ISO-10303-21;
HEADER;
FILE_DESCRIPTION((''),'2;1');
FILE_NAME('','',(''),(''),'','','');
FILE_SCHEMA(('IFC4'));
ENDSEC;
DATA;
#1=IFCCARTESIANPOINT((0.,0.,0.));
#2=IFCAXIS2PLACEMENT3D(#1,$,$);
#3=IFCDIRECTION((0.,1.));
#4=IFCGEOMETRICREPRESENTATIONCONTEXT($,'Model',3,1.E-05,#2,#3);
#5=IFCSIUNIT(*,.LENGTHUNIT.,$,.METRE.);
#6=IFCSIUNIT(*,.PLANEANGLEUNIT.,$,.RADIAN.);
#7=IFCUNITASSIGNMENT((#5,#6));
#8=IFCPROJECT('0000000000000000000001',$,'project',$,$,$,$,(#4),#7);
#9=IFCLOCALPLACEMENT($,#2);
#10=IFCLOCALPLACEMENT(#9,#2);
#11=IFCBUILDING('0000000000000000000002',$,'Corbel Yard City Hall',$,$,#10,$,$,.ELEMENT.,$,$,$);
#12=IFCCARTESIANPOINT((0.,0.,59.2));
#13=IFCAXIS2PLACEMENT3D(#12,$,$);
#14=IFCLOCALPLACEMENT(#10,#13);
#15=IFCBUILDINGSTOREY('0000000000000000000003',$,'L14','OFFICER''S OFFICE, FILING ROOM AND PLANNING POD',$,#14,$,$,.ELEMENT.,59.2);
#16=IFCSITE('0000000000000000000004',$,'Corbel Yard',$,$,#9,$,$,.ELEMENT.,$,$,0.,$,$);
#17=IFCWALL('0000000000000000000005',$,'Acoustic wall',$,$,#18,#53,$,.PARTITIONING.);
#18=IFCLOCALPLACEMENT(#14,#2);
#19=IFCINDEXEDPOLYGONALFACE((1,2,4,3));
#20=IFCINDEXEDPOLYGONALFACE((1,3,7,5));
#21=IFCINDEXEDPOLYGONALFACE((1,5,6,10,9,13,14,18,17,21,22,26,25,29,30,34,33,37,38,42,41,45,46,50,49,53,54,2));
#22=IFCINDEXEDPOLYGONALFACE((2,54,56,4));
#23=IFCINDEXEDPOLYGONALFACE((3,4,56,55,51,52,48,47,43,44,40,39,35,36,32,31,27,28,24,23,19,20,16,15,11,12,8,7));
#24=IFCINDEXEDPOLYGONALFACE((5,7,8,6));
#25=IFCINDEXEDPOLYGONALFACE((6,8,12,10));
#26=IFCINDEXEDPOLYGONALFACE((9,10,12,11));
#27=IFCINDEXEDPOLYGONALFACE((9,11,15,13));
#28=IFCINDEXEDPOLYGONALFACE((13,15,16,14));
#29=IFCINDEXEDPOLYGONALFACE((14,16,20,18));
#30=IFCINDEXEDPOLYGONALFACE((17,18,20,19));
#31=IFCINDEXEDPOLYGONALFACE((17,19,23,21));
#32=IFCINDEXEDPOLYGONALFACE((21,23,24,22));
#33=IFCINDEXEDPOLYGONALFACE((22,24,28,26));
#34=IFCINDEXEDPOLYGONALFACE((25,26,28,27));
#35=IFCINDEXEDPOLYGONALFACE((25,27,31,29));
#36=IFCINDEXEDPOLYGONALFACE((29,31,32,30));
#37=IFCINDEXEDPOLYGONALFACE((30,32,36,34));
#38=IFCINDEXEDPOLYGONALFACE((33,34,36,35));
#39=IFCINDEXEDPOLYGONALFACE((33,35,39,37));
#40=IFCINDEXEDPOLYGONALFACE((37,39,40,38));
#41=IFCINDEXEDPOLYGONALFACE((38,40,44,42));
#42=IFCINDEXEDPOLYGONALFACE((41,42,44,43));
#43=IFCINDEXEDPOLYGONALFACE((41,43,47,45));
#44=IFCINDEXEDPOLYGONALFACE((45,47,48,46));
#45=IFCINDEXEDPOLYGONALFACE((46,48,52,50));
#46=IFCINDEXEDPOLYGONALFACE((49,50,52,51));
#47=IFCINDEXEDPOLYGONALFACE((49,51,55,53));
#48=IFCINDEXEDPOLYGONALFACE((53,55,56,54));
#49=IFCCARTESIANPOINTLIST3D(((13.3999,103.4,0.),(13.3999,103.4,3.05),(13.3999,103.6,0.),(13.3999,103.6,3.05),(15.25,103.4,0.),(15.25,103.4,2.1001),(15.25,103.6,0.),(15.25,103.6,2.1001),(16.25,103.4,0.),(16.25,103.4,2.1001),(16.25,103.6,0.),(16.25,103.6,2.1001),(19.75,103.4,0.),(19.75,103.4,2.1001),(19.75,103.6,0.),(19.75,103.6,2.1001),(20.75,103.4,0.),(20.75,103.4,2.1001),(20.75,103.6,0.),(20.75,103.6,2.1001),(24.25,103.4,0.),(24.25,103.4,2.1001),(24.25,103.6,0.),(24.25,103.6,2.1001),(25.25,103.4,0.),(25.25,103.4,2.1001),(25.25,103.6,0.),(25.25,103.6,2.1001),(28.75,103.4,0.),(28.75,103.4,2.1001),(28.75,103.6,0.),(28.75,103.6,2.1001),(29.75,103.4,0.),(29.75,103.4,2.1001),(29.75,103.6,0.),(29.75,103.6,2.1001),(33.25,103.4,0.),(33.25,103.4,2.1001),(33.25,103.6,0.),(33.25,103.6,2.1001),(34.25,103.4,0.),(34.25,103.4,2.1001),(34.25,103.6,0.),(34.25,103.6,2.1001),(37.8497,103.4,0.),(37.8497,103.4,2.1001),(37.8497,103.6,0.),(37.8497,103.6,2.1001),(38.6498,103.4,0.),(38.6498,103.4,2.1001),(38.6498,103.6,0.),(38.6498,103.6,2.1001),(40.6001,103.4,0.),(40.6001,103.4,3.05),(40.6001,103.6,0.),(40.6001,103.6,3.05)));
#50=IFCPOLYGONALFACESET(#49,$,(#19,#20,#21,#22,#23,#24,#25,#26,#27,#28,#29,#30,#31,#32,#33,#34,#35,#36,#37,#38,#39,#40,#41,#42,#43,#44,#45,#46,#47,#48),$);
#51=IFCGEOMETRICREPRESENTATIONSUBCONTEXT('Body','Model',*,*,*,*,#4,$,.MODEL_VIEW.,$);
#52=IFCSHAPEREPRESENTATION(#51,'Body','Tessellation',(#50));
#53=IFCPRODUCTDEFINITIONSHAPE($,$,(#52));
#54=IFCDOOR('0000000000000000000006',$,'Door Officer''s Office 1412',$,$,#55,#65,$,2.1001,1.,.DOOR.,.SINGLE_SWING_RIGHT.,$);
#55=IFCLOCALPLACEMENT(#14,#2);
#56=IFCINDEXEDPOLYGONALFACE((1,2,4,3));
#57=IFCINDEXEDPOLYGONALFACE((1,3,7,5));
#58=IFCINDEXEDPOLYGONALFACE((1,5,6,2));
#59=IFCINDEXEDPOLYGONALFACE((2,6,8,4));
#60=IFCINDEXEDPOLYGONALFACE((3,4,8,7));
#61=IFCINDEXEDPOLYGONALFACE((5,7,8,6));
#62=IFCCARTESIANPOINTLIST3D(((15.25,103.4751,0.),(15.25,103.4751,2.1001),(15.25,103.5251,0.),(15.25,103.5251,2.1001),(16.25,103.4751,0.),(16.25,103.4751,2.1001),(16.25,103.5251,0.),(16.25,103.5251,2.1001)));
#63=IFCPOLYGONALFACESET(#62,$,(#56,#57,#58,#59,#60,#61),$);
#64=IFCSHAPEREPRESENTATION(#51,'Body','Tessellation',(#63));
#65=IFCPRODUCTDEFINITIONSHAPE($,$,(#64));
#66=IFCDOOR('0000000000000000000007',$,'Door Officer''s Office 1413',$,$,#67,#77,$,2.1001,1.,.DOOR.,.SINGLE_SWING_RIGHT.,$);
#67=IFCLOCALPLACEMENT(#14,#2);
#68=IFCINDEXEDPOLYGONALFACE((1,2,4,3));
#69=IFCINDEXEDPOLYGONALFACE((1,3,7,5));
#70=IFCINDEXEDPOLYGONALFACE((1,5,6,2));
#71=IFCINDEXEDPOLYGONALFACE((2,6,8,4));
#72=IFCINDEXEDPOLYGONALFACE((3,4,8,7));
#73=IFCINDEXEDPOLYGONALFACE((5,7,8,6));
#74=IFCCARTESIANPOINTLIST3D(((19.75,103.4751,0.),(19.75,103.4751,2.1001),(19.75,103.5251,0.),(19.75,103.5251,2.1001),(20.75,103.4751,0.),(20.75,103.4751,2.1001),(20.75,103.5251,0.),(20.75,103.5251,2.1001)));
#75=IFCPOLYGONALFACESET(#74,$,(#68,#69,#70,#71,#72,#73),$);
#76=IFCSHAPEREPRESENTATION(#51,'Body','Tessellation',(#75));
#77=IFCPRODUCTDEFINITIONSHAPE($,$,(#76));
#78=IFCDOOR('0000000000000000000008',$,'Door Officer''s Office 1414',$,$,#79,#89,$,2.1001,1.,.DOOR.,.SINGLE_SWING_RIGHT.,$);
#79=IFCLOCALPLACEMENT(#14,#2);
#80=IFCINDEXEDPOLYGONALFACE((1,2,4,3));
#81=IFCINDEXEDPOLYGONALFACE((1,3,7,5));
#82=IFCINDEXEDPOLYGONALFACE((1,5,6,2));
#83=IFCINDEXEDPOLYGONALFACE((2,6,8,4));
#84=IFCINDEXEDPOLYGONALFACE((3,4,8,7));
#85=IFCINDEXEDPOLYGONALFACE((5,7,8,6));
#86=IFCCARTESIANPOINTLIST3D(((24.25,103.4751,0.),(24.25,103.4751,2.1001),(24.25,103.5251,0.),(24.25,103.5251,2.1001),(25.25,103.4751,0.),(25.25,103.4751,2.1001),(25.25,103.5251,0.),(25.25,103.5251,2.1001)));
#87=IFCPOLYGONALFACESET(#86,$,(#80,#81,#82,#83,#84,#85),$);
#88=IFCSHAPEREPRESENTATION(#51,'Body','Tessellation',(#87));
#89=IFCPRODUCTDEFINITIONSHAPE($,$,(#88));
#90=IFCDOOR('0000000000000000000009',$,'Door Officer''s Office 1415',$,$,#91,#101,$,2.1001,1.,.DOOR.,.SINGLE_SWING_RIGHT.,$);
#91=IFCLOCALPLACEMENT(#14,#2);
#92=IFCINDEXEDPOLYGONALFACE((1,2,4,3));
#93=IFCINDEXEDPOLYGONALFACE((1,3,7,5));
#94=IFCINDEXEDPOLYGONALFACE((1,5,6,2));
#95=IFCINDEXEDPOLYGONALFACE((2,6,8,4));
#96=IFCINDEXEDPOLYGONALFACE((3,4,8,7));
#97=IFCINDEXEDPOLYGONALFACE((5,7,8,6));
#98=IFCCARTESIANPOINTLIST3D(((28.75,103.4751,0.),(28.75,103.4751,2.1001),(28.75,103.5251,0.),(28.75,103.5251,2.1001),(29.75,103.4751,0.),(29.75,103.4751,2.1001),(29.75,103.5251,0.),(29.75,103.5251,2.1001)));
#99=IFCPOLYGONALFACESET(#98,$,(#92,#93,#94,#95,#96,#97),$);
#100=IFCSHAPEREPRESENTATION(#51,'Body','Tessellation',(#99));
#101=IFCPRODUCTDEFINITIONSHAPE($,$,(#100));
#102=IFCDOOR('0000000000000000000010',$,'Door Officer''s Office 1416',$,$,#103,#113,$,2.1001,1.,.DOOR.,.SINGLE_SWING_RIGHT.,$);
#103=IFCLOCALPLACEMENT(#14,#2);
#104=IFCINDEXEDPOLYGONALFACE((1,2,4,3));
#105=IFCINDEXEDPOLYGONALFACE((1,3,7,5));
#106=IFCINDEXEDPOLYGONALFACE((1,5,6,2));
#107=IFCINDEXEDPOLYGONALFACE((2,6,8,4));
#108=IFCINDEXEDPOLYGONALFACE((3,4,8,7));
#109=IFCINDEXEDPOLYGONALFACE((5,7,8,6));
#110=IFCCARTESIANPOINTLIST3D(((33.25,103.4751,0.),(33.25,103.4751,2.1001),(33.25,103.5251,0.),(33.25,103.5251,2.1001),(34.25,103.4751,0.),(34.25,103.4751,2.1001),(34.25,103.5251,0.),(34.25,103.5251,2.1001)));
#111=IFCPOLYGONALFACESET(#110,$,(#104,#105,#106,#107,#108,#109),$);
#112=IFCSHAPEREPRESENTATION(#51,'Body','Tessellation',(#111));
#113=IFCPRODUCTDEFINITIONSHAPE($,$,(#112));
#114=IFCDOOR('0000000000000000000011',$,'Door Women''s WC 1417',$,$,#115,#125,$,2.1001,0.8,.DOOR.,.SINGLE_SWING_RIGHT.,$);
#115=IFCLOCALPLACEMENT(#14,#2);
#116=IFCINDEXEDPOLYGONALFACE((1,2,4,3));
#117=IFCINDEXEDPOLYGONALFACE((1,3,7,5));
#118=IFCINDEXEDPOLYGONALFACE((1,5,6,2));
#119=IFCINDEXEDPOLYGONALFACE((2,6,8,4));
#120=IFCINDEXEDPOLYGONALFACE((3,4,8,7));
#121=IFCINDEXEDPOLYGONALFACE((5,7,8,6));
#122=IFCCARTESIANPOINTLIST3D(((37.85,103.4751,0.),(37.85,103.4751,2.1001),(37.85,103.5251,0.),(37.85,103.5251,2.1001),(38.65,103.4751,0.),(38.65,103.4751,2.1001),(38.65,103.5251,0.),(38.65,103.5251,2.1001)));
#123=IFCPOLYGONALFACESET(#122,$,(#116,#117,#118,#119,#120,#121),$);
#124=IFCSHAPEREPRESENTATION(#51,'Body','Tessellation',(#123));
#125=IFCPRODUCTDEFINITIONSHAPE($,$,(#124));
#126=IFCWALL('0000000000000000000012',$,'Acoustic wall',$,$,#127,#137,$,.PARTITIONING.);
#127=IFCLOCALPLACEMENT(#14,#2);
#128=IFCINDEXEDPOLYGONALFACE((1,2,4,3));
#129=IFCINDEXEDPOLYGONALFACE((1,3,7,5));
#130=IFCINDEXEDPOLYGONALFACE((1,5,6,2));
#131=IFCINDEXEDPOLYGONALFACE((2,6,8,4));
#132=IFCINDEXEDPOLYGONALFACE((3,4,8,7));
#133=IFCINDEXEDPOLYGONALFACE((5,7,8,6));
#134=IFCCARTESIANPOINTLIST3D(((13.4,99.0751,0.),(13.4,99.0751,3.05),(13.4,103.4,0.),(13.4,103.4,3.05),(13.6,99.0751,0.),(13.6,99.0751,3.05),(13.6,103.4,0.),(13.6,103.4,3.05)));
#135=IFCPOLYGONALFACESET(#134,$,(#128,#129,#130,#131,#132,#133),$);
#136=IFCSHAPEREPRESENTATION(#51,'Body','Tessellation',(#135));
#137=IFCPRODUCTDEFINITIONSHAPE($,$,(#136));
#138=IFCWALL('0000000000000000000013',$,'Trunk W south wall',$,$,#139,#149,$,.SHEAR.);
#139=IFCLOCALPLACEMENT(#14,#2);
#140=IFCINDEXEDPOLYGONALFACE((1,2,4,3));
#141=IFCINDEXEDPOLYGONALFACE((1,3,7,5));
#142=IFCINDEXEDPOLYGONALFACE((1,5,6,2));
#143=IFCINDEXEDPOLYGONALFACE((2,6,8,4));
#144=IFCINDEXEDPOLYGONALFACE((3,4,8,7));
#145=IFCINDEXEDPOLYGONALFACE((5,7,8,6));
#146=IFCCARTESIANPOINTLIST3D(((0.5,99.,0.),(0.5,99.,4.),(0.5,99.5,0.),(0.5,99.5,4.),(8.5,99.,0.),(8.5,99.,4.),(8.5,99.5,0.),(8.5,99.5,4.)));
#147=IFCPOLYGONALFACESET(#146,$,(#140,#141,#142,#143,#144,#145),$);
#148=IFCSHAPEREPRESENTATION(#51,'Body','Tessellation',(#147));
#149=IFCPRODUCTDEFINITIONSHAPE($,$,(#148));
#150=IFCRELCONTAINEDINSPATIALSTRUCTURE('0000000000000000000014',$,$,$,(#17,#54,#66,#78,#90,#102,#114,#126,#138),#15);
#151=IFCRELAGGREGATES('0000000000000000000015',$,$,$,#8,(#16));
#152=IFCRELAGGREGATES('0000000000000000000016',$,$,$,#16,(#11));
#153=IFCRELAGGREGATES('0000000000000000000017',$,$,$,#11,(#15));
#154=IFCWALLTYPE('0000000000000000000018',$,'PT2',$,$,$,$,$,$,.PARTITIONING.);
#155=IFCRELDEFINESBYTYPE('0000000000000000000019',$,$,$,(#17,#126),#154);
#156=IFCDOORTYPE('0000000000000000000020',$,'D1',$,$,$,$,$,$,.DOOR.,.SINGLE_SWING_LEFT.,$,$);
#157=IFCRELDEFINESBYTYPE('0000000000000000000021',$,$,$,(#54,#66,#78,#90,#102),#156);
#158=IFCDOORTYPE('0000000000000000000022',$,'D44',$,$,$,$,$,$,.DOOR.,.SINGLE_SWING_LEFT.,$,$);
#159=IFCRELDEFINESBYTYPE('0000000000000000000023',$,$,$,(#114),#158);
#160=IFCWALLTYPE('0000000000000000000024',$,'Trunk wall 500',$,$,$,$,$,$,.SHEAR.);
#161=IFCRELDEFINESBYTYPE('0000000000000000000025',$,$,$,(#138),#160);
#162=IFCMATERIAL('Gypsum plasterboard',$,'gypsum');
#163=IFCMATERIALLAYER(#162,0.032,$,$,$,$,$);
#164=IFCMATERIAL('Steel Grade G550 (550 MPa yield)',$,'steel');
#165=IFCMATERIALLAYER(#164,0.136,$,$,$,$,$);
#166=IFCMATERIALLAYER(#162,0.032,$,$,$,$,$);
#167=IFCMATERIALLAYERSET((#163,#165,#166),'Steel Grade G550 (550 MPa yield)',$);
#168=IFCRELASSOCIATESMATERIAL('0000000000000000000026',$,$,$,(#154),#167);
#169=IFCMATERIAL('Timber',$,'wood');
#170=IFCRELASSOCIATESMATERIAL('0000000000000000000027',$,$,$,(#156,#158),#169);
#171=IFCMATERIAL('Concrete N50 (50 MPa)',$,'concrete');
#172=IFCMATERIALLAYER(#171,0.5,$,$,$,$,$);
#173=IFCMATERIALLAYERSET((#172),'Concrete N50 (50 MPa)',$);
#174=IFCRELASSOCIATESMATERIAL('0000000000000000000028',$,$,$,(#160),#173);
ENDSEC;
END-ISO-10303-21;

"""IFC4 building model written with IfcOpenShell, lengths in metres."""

from ifc_helpers import new_model, si_unit, direction, frame, frame_2d, origin, place, context, subcontext, project, spatial, rectangle, extrude, material, layer, layer_set, type_object, element, fill, save


model = new_model("IFC4")

# Units and contexts
model_context = context("Model", 3, precision=1e-05, world=origin(), true_north=direction((0.0, 1.0)))
body_context = subcontext(model_context, "Body", "Model", "MODEL_VIEW")
ifc_project = project(units=[si_unit("LENGTHUNIT", "METRE"), si_unit("PLANEANGLEUNIT", "RADIAN")], contexts=[model_context])

# Site, building, storey
site_placement = place(None, origin())
site = spatial("IfcSite", under=ifc_project, at=site_placement, Name="Corbel Yard", CompositionType="ELEMENT", RefElevation=0.0)
building_placement = place(site_placement, origin())
building = spatial("IfcBuilding", under=site, at=building_placement, Name="Corbel Yard City Hall", CompositionType="ELEMENT")
storey_placement = place(building_placement, frame((0.0, 0.0, 59.2)))
storey = spatial("IfcBuildingStorey", under=building, at=storey_placement, Name="L14", Description="OFFICER'S OFFICE, FILING ROOM AND PLANNING POD", CompositionType="ELEMENT", Elevation=59.2)

# Shared definitions
ifc_material_1 = material(Name="Gypsum plasterboard", Category="gypsum")
ifc_material_2 = material(Name="Steel Grade G550 (550 MPa yield)", Category="steel")

# Wall, openings, doors
ifc_layer_1 = layer(ifc_material_1, 0.032)
ifc_layer_2 = layer(ifc_material_2, 0.136)
ifc_layer_3 = layer(ifc_material_1, 0.032)
ifc_layer_set_1 = layer_set([ifc_layer_1, ifc_layer_2, ifc_layer_3], Name="Steel Grade G550 (550 MPa yield)")
wall_type_1 = type_object("IfcWallType", Name="PT2", PredefinedType="PARTITIONING", material=ifc_layer_set_1)
wall_1_placement = place(storey_placement, frame((13.3999, 103.5, 0.0), z_axis=(0.0, 0.0, 1.0), x_axis=(1.0, 0.0, 0.0)))
wall_1 = element("IfcWall", 1, at=wall_1_placement, inside=storey, type_object=wall_type_1, Name="Acoustic wall", PredefinedType="PARTITIONING", context=body_context, shape_type="SweptSolid", body=[
    extrude(rectangle(XDim=27.2002, YDim=0.2, at=frame_2d((13.6001, 0.0))), origin(), (0.0, 0.0, 1.0), 3.05),
])
opening_1_placement = place(wall_1_placement, frame((1.8501, 0.0, 0.0)))
opening_1 = element("IfcOpeningElement", 2, at=opening_1_placement, cuts=wall_1, PredefinedType="OPENING", context=body_context, shape_type="SweptSolid", body=[
    extrude(rectangle(XDim=1.0, YDim=2.1001, at=frame_2d((0.5, 1.05))), frame((0.0, 0.1099, 0.0), z_axis=(0.0, -1.0, 0.0), x_axis=(1.0, 0.0, 0.0)), (0.0, 0.0, 1.0), 0.22),
])
opening_2_placement = place(wall_1_placement, frame((6.3501, 0.0, 0.0)))
opening_2 = element("IfcOpeningElement", 3, at=opening_2_placement, cuts=wall_1, PredefinedType="OPENING", context=body_context, shape_type="SweptSolid", body=[
    extrude(rectangle(XDim=1.0, YDim=2.1001, at=frame_2d((0.5, 1.05))), frame((0.0, 0.1099, 0.0), z_axis=(0.0, -1.0, 0.0), x_axis=(1.0, 0.0, 0.0)), (0.0, 0.0, 1.0), 0.22),
])
opening_3_placement = place(wall_1_placement, frame((10.8501, 0.0, 0.0)))
opening_3 = element("IfcOpeningElement", 4, at=opening_3_placement, cuts=wall_1, PredefinedType="OPENING", context=body_context, shape_type="SweptSolid", body=[
    extrude(rectangle(XDim=1.0, YDim=2.1001, at=frame_2d((0.5, 1.05))), frame((0.0, 0.1099, 0.0), z_axis=(0.0, -1.0, 0.0), x_axis=(1.0, 0.0, 0.0)), (0.0, 0.0, 1.0), 0.22),
])
opening_4_placement = place(wall_1_placement, frame((15.3501, 0.0, 0.0)))
opening_4 = element("IfcOpeningElement", 5, at=opening_4_placement, cuts=wall_1, PredefinedType="OPENING", context=body_context, shape_type="SweptSolid", body=[
    extrude(rectangle(XDim=1.0, YDim=2.1001, at=frame_2d((0.5, 1.05))), frame((0.0, 0.1099, 0.0), z_axis=(0.0, -1.0, 0.0), x_axis=(1.0, 0.0, 0.0)), (0.0, 0.0, 1.0), 0.22),
])
opening_5_placement = place(wall_1_placement, frame((19.8501, 0.0, 0.0)))
opening_5 = element("IfcOpeningElement", 6, at=opening_5_placement, cuts=wall_1, PredefinedType="OPENING", context=body_context, shape_type="SweptSolid", body=[
    extrude(rectangle(XDim=1.0, YDim=2.1001, at=frame_2d((0.5, 1.05))), frame((0.0, 0.1099, 0.0), z_axis=(0.0, -1.0, 0.0), x_axis=(1.0, 0.0, 0.0)), (0.0, 0.0, 1.0), 0.22),
])
opening_6_placement = place(wall_1_placement, frame((24.45, 0.0, 0.0)))
opening_6 = element("IfcOpeningElement", 7, at=opening_6_placement, cuts=wall_1, PredefinedType="OPENING", context=body_context, shape_type="SweptSolid", body=[
    extrude(rectangle(XDim=0.8, YDim=2.1001, at=frame_2d((0.3999, 1.05))), frame((0.0, 0.1099, 0.0), z_axis=(0.0, -1.0, 0.0), x_axis=(1.0, 0.0, 0.0)), (0.0, 0.0, 1.0), 0.22),
])
ifc_material_3 = material(Name="Timber", Category="wood")
door_type_1 = type_object("IfcDoorType", Name="D1", OperationType="SINGLE_SWING_LEFT", PredefinedType="DOOR", material=ifc_material_3)
door_1_placement = place(opening_1_placement, frame((1.0, 0.0, 0.0), z_axis=(0.0, 0.0, 1.0), x_axis=(-1.0, 0.0, 0.0)))
door_1 = element("IfcDoor", 8, at=door_1_placement, inside=storey, type_object=door_type_1, Name="Door Officer's Office 1412", OperationType="SINGLE_SWING_RIGHT", OverallHeight=2.1001, OverallWidth=1.0, PredefinedType="DOOR", context=body_context, shape_type="SweptSolid", body=[
    extrude(rectangle(XDim=1.0, YDim=2.1001, at=frame_2d((0.5, 1.05))), frame((0.0, 0.0249, 0.0), z_axis=(0.0, -1.0, 0.0), x_axis=(1.0, 0.0, 0.0)), (0.0, 0.0, 1.0), 0.05),
])
fill(opening_1, door_1)
door_2_placement = place(opening_2_placement, frame((1.0, 0.0, 0.0), z_axis=(0.0, 0.0, 1.0), x_axis=(-1.0, 0.0, 0.0)))
door_2 = element("IfcDoor", 9, at=door_2_placement, inside=storey, type_object=door_type_1, Name="Door Officer's Office 1413", OperationType="SINGLE_SWING_RIGHT", OverallHeight=2.1001, OverallWidth=1.0, PredefinedType="DOOR", context=body_context, shape_type="SweptSolid", body=[
    extrude(rectangle(XDim=1.0, YDim=2.1001, at=frame_2d((0.5, 1.05))), frame((0.0, 0.0249, 0.0), z_axis=(0.0, -1.0, 0.0), x_axis=(1.0, 0.0, 0.0)), (0.0, 0.0, 1.0), 0.05),
])
fill(opening_2, door_2)
door_3_placement = place(opening_3_placement, frame((1.0, 0.0, 0.0), z_axis=(0.0, 0.0, 1.0), x_axis=(-1.0, 0.0, 0.0)))
door_3 = element("IfcDoor", 10, at=door_3_placement, inside=storey, type_object=door_type_1, Name="Door Officer's Office 1414", OperationType="SINGLE_SWING_RIGHT", OverallHeight=2.1001, OverallWidth=1.0, PredefinedType="DOOR", context=body_context, shape_type="SweptSolid", body=[
    extrude(rectangle(XDim=1.0, YDim=2.1001, at=frame_2d((0.5, 1.05))), frame((0.0, 0.0249, 0.0), z_axis=(0.0, -1.0, 0.0), x_axis=(1.0, 0.0, 0.0)), (0.0, 0.0, 1.0), 0.05),
])
fill(opening_3, door_3)
door_4_placement = place(opening_4_placement, frame((1.0, 0.0, 0.0), z_axis=(0.0, 0.0, 1.0), x_axis=(-1.0, 0.0, 0.0)))
door_4 = element("IfcDoor", 11, at=door_4_placement, inside=storey, type_object=door_type_1, Name="Door Officer's Office 1415", OperationType="SINGLE_SWING_RIGHT", OverallHeight=2.1001, OverallWidth=1.0, PredefinedType="DOOR", context=body_context, shape_type="SweptSolid", body=[
    extrude(rectangle(XDim=1.0, YDim=2.1001, at=frame_2d((0.5, 1.05))), frame((0.0, 0.0249, 0.0), z_axis=(0.0, -1.0, 0.0), x_axis=(1.0, 0.0, 0.0)), (0.0, 0.0, 1.0), 0.05),
])
fill(opening_4, door_4)
door_5_placement = place(opening_5_placement, frame((1.0, 0.0, 0.0), z_axis=(0.0, 0.0, 1.0), x_axis=(-1.0, 0.0, 0.0)))
door_5 = element("IfcDoor", 12, at=door_5_placement, inside=storey, type_object=door_type_1, Name="Door Officer's Office 1416", OperationType="SINGLE_SWING_RIGHT", OverallHeight=2.1001, OverallWidth=1.0, PredefinedType="DOOR", context=body_context, shape_type="SweptSolid", body=[
    extrude(rectangle(XDim=1.0, YDim=2.1001, at=frame_2d((0.5, 1.05))), frame((0.0, 0.0249, 0.0), z_axis=(0.0, -1.0, 0.0), x_axis=(1.0, 0.0, 0.0)), (0.0, 0.0, 1.0), 0.05),
])
fill(opening_5, door_5)
door_type_2 = type_object("IfcDoorType", Name="D44", OperationType="SINGLE_SWING_LEFT", PredefinedType="DOOR", material=ifc_material_3)
door_6_placement = place(opening_6_placement, frame((0.8, 0.0, 0.0), z_axis=(0.0, 0.0, 1.0), x_axis=(-1.0, 0.0, 0.0)))
door_6 = element("IfcDoor", 13, at=door_6_placement, inside=storey, type_object=door_type_2, Name="Door Women's WC 1417", OperationType="SINGLE_SWING_RIGHT", OverallHeight=2.1001, OverallWidth=0.8, PredefinedType="DOOR", context=body_context, shape_type="SweptSolid", body=[
    extrude(rectangle(XDim=0.8, YDim=2.1001, at=frame_2d((0.3999, 1.05))), frame((0.0, 0.0249, 0.0), z_axis=(0.0, -1.0, 0.0), x_axis=(1.0, 0.0, 0.0)), (0.0, 0.0, 1.0), 0.05),
])
fill(opening_6, door_6)

# Walls
wall_2_placement = place(storey_placement, frame((13.5, 99.075, 0.0), z_axis=(0.0, 0.0, 1.0), x_axis=(0.0, 1.0, 0.0)))
element("IfcWall", 14, at=wall_2_placement, inside=storey, type_object=wall_type_1, Name="Acoustic wall", PredefinedType="PARTITIONING", context=body_context, shape_type="SweptSolid", body=[
    extrude(rectangle(XDim=4.325, YDim=0.2, at=frame_2d((2.1626, 0.0))), origin(), (0.0, 0.0, 1.0), 3.05),
])
ifc_material_4 = material(Name="Concrete N50 (50 MPa)", Category="concrete")
ifc_layer_4 = layer(ifc_material_4, 0.5)
ifc_layer_set_2 = layer_set([ifc_layer_4], Name="Concrete N50 (50 MPa)")
wall_type_2 = type_object("IfcWallType", Name="Trunk wall 500", PredefinedType="SHEAR", material=ifc_layer_set_2)
wall_3_placement = place(storey_placement, frame((0.5, 99.25, 0.0), z_axis=(0.0, 0.0, 1.0), x_axis=(1.0, 0.0, 0.0)))
element("IfcWall", 15, at=wall_3_placement, inside=storey, type_object=wall_type_2, Name="Trunk W south wall", PredefinedType="SHEAR", context=body_context, shape_type="SweptSolid", body=[
    extrude(rectangle(XDim=8.0, YDim=0.5, at=frame_2d((4.0, 0.0))), origin(), (0.0, 0.0, 1.0), 4.0),
])

save(model, "model.ifc")
